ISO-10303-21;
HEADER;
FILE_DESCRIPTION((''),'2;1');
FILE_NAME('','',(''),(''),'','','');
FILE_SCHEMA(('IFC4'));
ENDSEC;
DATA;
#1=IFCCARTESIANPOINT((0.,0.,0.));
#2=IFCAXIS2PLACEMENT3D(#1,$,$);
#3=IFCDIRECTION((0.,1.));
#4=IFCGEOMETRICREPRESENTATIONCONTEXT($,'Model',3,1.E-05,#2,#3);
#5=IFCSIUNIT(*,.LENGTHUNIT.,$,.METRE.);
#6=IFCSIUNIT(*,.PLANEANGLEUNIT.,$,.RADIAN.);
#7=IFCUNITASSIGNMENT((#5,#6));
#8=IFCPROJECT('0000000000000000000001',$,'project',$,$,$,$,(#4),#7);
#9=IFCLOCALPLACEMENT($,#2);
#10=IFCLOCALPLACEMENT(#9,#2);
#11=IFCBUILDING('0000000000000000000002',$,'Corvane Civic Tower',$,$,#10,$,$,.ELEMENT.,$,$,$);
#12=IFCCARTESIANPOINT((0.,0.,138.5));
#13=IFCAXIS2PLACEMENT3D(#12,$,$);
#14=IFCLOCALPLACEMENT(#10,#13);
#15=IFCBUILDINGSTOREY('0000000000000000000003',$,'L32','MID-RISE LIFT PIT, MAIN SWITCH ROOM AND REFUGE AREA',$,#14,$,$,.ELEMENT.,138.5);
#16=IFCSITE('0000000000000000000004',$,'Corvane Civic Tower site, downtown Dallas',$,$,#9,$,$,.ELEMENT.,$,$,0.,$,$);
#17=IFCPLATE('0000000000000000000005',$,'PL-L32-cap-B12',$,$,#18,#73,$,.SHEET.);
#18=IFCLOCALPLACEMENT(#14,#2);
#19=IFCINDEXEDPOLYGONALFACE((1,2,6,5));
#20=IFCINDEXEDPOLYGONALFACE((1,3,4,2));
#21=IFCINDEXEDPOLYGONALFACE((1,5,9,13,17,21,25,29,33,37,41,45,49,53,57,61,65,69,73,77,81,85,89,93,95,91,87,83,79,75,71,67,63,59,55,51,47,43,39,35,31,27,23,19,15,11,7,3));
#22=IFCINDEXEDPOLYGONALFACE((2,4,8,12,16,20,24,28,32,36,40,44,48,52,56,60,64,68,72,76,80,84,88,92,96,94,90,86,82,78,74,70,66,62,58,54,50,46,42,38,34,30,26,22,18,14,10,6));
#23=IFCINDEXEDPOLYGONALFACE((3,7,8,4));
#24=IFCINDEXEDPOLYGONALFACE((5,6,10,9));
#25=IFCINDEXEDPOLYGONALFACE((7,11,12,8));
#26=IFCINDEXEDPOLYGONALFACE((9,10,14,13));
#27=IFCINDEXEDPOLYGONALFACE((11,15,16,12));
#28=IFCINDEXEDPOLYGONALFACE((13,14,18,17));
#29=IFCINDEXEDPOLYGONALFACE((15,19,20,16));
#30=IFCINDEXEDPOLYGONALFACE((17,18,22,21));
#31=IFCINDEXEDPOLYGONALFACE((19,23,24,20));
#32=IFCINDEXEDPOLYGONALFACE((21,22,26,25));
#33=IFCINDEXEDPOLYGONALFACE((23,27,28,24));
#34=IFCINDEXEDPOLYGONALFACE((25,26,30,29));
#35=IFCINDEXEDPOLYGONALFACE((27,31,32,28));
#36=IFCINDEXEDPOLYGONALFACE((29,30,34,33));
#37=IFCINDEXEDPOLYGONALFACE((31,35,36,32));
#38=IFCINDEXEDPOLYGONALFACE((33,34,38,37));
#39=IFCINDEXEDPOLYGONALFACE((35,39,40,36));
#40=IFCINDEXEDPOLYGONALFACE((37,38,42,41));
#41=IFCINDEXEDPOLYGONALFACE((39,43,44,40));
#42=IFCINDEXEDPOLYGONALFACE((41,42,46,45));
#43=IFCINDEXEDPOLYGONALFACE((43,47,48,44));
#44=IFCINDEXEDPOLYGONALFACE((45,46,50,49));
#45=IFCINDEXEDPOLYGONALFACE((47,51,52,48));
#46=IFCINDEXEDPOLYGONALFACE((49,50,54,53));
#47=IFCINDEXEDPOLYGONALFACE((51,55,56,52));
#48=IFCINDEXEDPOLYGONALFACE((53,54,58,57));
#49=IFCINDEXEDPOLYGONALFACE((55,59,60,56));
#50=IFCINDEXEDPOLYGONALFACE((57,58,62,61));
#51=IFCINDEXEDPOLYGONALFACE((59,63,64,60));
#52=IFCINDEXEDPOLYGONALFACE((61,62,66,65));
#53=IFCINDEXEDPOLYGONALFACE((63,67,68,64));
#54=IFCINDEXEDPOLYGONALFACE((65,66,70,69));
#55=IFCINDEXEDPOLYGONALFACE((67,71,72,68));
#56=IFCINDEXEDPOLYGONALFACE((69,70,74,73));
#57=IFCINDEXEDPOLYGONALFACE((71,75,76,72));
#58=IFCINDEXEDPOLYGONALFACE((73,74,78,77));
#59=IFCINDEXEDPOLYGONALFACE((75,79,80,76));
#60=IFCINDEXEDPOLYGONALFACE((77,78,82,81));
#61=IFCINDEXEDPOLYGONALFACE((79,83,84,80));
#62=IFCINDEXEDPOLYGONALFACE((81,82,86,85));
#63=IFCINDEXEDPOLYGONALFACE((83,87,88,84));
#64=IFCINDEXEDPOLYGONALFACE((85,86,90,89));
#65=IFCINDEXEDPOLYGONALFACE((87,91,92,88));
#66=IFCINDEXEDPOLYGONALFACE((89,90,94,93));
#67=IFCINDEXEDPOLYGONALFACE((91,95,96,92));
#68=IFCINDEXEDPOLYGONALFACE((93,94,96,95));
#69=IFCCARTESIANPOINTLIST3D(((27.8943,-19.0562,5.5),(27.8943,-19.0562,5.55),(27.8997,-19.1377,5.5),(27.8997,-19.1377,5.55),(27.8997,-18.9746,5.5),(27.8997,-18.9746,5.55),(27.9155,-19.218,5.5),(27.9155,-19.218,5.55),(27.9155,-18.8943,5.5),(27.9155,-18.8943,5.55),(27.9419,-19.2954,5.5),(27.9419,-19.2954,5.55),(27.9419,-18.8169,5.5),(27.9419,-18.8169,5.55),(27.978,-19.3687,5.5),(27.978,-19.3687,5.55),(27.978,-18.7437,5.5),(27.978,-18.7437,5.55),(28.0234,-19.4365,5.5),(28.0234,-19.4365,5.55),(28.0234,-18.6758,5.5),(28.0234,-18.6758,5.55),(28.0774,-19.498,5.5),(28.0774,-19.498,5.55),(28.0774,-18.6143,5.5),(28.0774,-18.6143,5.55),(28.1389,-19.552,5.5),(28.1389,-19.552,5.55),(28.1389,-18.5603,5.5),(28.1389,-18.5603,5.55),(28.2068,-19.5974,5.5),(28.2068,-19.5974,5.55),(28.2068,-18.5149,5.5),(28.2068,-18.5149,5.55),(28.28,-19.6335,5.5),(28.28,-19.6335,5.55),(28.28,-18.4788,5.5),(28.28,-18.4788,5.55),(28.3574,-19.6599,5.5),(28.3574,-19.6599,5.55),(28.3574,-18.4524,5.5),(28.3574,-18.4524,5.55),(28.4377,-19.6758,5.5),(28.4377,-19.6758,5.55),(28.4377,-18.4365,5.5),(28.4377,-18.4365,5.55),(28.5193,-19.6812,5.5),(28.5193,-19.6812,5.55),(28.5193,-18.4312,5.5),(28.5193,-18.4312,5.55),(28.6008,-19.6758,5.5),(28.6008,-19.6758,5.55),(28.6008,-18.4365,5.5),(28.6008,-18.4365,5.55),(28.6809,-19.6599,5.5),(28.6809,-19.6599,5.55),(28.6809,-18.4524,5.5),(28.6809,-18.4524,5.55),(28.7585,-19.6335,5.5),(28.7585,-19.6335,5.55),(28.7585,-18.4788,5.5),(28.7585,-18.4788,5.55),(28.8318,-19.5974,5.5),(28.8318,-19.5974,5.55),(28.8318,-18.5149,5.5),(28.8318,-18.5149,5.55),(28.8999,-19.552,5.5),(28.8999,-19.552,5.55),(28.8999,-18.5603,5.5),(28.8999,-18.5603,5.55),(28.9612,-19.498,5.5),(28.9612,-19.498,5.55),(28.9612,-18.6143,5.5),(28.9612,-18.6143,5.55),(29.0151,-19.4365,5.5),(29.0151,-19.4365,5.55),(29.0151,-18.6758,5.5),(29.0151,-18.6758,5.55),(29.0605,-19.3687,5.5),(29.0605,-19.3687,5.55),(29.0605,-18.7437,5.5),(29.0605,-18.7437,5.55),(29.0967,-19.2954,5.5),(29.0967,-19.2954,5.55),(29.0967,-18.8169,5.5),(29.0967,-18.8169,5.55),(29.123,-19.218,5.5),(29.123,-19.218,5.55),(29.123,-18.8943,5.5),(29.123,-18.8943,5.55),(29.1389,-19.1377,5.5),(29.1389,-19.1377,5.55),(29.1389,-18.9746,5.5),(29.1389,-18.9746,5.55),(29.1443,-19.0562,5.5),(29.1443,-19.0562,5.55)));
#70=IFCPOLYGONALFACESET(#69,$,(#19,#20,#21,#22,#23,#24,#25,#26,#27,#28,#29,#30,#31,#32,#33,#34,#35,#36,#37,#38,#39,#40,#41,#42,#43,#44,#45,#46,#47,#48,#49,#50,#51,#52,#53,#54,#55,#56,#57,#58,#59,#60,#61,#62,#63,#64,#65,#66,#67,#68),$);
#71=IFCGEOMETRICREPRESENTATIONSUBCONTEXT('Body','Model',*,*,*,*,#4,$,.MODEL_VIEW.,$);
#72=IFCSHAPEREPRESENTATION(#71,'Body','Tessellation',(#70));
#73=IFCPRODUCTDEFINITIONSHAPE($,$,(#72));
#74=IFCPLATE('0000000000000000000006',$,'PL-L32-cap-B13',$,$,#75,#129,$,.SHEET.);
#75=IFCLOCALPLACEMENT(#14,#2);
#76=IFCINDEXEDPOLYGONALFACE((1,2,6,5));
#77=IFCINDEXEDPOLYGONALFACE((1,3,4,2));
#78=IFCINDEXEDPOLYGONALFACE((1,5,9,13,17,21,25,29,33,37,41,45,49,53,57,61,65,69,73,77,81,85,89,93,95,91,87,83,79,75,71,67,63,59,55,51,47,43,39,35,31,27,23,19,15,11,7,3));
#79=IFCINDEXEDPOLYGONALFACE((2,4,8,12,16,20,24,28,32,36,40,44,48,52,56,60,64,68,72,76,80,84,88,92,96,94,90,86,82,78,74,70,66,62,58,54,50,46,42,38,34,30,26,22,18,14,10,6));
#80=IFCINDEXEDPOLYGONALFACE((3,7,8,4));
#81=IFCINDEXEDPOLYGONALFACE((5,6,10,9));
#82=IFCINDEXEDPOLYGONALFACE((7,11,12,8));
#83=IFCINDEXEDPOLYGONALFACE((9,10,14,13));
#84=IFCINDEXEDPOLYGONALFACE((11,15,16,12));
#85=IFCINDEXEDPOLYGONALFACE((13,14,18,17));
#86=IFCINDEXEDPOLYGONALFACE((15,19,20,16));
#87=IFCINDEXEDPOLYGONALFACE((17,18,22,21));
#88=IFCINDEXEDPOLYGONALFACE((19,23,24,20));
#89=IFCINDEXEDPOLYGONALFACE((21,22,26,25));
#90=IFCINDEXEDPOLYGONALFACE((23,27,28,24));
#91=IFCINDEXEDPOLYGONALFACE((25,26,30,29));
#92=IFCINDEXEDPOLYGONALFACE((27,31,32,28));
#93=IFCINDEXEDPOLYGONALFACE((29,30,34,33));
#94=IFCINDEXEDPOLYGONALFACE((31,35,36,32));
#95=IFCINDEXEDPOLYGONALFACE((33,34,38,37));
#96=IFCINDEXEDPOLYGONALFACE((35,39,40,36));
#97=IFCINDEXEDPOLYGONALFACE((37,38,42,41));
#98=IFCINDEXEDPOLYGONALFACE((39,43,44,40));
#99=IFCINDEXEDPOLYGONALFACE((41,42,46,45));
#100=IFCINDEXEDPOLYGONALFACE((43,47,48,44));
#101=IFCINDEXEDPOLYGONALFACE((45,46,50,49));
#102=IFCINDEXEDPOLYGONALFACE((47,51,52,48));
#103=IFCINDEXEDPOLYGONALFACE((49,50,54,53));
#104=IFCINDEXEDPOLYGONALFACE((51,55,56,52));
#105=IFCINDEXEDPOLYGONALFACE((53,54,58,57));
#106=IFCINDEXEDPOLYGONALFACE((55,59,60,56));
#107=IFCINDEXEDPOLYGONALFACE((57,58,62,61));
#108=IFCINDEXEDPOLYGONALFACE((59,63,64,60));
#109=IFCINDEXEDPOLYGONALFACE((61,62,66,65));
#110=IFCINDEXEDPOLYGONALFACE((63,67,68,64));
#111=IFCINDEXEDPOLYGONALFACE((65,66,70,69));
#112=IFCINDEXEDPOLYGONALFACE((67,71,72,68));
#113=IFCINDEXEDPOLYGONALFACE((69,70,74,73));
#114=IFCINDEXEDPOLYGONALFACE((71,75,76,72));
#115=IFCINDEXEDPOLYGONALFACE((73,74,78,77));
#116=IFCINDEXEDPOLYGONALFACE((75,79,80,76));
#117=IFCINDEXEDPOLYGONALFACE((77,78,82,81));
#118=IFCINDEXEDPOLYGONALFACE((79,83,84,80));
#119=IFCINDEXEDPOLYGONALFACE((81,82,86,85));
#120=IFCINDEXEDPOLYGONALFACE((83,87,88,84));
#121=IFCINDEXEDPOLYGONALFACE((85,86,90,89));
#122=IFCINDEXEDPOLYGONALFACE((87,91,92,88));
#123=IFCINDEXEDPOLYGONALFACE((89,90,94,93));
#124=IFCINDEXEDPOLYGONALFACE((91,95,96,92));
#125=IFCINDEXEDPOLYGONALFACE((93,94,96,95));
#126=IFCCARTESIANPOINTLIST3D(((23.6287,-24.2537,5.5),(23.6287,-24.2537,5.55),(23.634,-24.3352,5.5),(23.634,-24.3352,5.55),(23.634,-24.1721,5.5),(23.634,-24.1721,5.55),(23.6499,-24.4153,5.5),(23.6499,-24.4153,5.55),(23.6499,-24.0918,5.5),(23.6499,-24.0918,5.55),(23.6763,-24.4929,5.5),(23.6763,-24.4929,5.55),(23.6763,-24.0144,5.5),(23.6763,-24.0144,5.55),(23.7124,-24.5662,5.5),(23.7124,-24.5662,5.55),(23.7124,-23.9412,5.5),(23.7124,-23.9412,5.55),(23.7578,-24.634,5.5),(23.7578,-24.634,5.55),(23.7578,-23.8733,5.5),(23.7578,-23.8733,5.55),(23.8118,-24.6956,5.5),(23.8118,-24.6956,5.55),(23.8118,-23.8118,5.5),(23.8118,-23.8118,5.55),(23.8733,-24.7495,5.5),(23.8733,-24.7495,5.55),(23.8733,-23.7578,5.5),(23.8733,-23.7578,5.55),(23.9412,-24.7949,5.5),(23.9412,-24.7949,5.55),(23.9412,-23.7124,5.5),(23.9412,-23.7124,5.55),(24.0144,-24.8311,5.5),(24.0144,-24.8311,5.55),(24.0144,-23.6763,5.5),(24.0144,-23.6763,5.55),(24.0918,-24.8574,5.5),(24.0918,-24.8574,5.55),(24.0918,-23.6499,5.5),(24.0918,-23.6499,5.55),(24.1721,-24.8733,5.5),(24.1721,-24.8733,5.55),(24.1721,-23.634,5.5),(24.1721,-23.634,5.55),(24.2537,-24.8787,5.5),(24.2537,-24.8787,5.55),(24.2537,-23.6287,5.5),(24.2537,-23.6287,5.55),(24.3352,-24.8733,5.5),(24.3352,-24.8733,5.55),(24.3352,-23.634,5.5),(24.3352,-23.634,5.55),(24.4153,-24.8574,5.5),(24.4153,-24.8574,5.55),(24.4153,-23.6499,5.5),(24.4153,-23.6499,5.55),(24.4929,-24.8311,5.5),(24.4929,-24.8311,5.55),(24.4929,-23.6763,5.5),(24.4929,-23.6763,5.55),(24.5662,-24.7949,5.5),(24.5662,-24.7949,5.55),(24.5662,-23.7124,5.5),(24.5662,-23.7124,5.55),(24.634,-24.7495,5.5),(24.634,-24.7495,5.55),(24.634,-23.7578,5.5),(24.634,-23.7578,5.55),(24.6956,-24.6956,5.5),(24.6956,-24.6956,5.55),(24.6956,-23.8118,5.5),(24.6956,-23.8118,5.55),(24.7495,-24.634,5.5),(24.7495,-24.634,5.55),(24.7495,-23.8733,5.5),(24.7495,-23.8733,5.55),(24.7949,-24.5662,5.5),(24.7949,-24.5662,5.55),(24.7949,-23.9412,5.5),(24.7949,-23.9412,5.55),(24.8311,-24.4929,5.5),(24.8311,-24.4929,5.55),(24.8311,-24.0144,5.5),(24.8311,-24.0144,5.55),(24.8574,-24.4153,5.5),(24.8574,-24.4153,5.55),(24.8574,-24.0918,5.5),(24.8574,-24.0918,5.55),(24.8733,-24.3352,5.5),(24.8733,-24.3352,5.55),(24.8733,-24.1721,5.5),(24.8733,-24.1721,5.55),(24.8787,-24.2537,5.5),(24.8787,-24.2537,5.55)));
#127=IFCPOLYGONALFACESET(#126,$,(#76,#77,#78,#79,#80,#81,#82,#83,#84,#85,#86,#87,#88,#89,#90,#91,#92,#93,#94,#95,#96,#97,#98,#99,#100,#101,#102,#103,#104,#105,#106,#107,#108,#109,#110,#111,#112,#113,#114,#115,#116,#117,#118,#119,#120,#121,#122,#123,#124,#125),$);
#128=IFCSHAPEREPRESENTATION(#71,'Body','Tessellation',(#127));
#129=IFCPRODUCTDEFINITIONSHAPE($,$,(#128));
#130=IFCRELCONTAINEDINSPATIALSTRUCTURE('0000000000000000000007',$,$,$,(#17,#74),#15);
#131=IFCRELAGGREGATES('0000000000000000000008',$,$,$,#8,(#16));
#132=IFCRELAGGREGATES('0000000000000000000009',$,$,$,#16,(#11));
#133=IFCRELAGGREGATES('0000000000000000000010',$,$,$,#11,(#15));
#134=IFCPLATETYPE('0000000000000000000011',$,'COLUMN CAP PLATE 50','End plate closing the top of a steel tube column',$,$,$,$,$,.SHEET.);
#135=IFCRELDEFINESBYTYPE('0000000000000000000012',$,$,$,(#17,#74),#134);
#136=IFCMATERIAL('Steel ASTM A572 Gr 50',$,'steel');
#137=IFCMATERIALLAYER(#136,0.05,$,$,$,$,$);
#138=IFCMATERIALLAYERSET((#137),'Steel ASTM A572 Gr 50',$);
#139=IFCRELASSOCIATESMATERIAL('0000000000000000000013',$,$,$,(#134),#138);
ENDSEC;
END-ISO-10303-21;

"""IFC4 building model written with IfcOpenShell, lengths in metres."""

from ifc_helpers import new_model, si_unit, direction, frame, origin, place, context, subcontext, project, spatial, polyline, outline, extrude, material, layer, layer_set, type_object, element, save


model = new_model("IFC4")

# Units and contexts
model_context = context("Model", 3, precision=1e-05, world=origin(), true_north=direction((0.0, 1.0)))
body_context = subcontext(model_context, "Body", "Model", "MODEL_VIEW")
ifc_project = project(units=[si_unit("LENGTHUNIT", "METRE"), si_unit("PLANEANGLEUNIT", "RADIAN")], contexts=[model_context])

# Site, building, storey
site_placement = place(None, origin())
site = spatial("IfcSite", under=ifc_project, at=site_placement, Name="Corvane Civic Tower site, downtown Dallas", CompositionType="ELEMENT", RefElevation=0.0)
building_placement = place(site_placement, origin())
building = spatial("IfcBuilding", under=site, at=building_placement, Name="Corvane Civic Tower", CompositionType="ELEMENT")
storey_placement = place(building_placement, frame((0.0, 0.0, 138.5)))
storey = spatial("IfcBuildingStorey", under=building, at=storey_placement, Name="L32", Description="MID-RISE LIFT PIT, MAIN SWITCH ROOM AND REFUGE AREA", CompositionType="ELEMENT", Elevation=138.5)

# Plates
ifc_material_1 = material(Name="Steel ASTM A572 Gr 50", Category="steel")
ifc_layer_1 = layer(ifc_material_1, 0.05)
ifc_layer_set_1 = layer_set([ifc_layer_1], Name="Steel ASTM A572 Gr 50")
plate_type = type_object("IfcPlateType", Name="COLUMN CAP PLATE 50", Description="End plate closing the top of a steel tube column", PredefinedType="SHEET", material=ifc_layer_set_1)
plate_1_placement = place(storey_placement, frame((0.0, 0.0, 5.5)))
element("IfcPlate", 1, at=plate_1_placement, inside=storey, type_object=plate_type, Name="PL-L32-cap-B12", PredefinedType="SHEET", context=body_context, shape_type="SweptSolid", body=[
    extrude(outline(polyline([(29.1443, -19.0562), (29.1389, -18.9746), (29.123, -18.8943), (29.0967, -18.8169), (29.0605, -18.7437), (29.0151, -18.6758), (28.9612, -18.6143), (28.8999, -18.5603), (28.8318, -18.5149), (28.7585, -18.4788), (28.6809, -18.4524), (28.6008, -18.4365), (28.5193, -18.4312), (28.4377, -18.4365), (28.3574, -18.4524), (28.28, -18.4788), (28.2068, -18.5149), (28.1389, -18.5603), (28.0774, -18.6143), (28.0234, -18.6758), (27.978, -18.7437), (27.9419, -18.8169), (27.9155, -18.8943), (27.8997, -18.9746), (27.8943, -19.0562), (27.8997, -19.1377), (27.9155, -19.218), (27.9419, -19.2954), (27.978, -19.3687), (28.0234, -19.4365), (28.0774, -19.498), (28.1389, -19.552), (28.2068, -19.5974), (28.28, -19.6335), (28.3574, -19.6599), (28.4377, -19.6758), (28.5193, -19.6812), (28.6008, -19.6758), (28.6809, -19.6599), (28.7585, -19.6335), (28.8318, -19.5974), (28.8999, -19.552), (28.9612, -19.498), (29.0151, -19.4365), (29.0605, -19.3687), (29.0967, -19.2954), (29.123, -19.218), (29.1389, -19.1377), (29.1443, -19.0562)])), origin(), (0.0, 0.0, 1.0), 0.05),
])
plate_2_placement = place(storey_placement, frame((0.0, 0.0, 5.5)))
element("IfcPlate", 2, at=plate_2_placement, inside=storey, type_object=plate_type, Name="PL-L32-cap-B13", PredefinedType="SHEET", context=body_context, shape_type="SweptSolid", body=[
    extrude(outline(polyline([(24.8787, -24.2537), (24.8733, -24.1721), (24.8574, -24.0918), (24.8311, -24.0144), (24.7949, -23.9412), (24.7495, -23.8733), (24.6956, -23.8118), (24.634, -23.7578), (24.5662, -23.7124), (24.4929, -23.6763), (24.4153, -23.6499), (24.3352, -23.634), (24.2537, -23.6287), (24.1721, -23.634), (24.0918, -23.6499), (24.0144, -23.6763), (23.9412, -23.7124), (23.8733, -23.7578), (23.8118, -23.8118), (23.7578, -23.8733), (23.7124, -23.9412), (23.6763, -24.0144), (23.6499, -24.0918), (23.634, -24.1721), (23.6287, -24.2537), (23.634, -24.3352), (23.6499, -24.4153), (23.6763, -24.4929), (23.7124, -24.5662), (23.7578, -24.634), (23.8118, -24.6956), (23.8733, -24.7495), (23.9412, -24.7949), (24.0144, -24.8311), (24.0918, -24.8574), (24.1721, -24.8733), (24.2537, -24.8787), (24.3352, -24.8733), (24.4153, -24.8574), (24.4929, -24.8311), (24.5662, -24.7949), (24.634, -24.7495), (24.6956, -24.6956), (24.7495, -24.634), (24.7949, -24.5662), (24.8311, -24.4929), (24.8574, -24.4153), (24.8733, -24.3352), (24.8787, -24.2537)])), origin(), (0.0, 0.0, 1.0), 0.05),
])

save(model, "model.ifc")
